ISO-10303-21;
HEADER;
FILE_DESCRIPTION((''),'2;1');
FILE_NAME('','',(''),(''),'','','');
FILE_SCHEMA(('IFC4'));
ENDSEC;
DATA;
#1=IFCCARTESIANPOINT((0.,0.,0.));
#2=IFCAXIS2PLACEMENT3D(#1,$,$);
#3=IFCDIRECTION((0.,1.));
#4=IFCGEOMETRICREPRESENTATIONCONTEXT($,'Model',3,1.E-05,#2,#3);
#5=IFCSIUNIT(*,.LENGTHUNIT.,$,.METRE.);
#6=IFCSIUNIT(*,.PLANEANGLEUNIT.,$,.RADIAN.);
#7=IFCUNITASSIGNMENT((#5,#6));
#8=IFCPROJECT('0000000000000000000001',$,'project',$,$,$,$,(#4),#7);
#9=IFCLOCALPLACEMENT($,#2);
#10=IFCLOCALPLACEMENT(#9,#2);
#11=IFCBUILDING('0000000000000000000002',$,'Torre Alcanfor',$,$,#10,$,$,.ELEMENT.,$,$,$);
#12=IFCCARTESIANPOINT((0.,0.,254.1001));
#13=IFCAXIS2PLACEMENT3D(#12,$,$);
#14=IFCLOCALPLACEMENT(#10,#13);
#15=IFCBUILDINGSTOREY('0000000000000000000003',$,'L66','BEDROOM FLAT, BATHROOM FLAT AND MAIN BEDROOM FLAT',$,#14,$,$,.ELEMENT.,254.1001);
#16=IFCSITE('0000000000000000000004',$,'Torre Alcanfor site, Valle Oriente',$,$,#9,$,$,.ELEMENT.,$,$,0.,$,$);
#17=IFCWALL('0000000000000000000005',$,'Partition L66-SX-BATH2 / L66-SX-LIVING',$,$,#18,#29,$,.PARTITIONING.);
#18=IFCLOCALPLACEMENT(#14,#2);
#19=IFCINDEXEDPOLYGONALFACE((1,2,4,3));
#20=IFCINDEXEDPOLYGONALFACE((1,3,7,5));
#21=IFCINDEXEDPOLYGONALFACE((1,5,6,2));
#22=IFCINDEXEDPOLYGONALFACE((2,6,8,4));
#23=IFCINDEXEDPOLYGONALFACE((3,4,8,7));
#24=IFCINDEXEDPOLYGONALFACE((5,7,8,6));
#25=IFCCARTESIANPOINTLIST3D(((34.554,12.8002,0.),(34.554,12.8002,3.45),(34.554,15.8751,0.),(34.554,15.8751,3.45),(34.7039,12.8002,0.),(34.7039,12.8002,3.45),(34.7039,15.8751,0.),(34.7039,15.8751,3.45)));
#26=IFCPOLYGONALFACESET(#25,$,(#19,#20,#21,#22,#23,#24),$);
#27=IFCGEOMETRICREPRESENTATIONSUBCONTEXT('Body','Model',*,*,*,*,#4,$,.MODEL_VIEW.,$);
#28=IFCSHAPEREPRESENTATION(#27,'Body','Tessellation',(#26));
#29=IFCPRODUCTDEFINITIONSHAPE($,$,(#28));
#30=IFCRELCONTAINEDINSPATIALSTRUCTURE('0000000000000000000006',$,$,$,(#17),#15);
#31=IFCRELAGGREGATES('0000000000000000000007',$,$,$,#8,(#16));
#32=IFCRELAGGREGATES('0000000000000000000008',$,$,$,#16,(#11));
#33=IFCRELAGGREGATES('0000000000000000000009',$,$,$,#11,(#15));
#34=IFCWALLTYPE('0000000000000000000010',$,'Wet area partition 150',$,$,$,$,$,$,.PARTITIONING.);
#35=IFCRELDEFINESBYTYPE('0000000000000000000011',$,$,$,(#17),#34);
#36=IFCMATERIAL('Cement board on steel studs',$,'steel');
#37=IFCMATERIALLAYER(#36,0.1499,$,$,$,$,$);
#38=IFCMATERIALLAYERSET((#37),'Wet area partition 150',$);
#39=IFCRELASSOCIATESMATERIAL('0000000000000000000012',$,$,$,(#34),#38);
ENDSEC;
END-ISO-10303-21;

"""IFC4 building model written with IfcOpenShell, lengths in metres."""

from ifc_helpers import new_model, si_unit, direction, frame, frame_2d, origin, place, context, subcontext, project, spatial, rectangle, extrude, material, layer, layer_set, type_object, element, save


model = new_model("IFC4")

# Units and contexts
model_context = context("Model", 3, precision=1e-05, world=origin(), true_north=direction((0.0, 1.0)))
body_context = subcontext(model_context, "Body", "Model", "MODEL_VIEW")
ifc_project = project(units=[si_unit("LENGTHUNIT", "METRE"), si_unit("PLANEANGLEUNIT", "RADIAN")], contexts=[model_context])

# Site, building, storey
site_placement = place(None, origin())
site = spatial("IfcSite", under=ifc_project, at=site_placement, Name="Torre Alcanfor site, Valle Oriente", CompositionType="ELEMENT", RefElevation=0.0)
building_placement = place(site_placement, origin())
building = spatial("IfcBuilding", under=site, at=building_placement, Name="Torre Alcanfor", CompositionType="ELEMENT")
storey_placement = place(building_placement, frame((0.0, 0.0, 254.1001)))
storey = spatial("IfcBuildingStorey", under=building, at=storey_placement, Name="L66", Description="BEDROOM FLAT, BATHROOM FLAT AND MAIN BEDROOM FLAT", CompositionType="ELEMENT", Elevation=254.1001)

# Shared definitions
ifc_material_1 = material(Name="Cement board on steel studs", Category="steel")
ifc_layer_1 = layer(ifc_material_1, 0.1499)
ifc_layer_set_1 = layer_set([ifc_layer_1], Name="Wet area partition 150")
wall_type_1 = type_object("IfcWallType", Name="Wet area partition 150", PredefinedType="PARTITIONING", material=ifc_layer_set_1)

# Wall
wall_1_placement = place(storey_placement, frame((34.6289, 12.8, 0.0), z_axis=(0.0, 0.0, 1.0), x_axis=(0.0, 1.0, 0.0)))
element("IfcWall", 1, at=wall_1_placement, inside=storey, type_object=wall_type_1, Name="Partition L66-SX-BATH2 / L66-SX-LIVING", PredefinedType="PARTITIONING", context=body_context, shape_type="SweptSolid", body=[
    extrude(rectangle(XDim=3.075, YDim=0.1499, at=frame_2d((1.5376, 0.0))), origin(), (0.0, 0.0, 1.0), 3.45),
])

save(model, "model.ifc")
